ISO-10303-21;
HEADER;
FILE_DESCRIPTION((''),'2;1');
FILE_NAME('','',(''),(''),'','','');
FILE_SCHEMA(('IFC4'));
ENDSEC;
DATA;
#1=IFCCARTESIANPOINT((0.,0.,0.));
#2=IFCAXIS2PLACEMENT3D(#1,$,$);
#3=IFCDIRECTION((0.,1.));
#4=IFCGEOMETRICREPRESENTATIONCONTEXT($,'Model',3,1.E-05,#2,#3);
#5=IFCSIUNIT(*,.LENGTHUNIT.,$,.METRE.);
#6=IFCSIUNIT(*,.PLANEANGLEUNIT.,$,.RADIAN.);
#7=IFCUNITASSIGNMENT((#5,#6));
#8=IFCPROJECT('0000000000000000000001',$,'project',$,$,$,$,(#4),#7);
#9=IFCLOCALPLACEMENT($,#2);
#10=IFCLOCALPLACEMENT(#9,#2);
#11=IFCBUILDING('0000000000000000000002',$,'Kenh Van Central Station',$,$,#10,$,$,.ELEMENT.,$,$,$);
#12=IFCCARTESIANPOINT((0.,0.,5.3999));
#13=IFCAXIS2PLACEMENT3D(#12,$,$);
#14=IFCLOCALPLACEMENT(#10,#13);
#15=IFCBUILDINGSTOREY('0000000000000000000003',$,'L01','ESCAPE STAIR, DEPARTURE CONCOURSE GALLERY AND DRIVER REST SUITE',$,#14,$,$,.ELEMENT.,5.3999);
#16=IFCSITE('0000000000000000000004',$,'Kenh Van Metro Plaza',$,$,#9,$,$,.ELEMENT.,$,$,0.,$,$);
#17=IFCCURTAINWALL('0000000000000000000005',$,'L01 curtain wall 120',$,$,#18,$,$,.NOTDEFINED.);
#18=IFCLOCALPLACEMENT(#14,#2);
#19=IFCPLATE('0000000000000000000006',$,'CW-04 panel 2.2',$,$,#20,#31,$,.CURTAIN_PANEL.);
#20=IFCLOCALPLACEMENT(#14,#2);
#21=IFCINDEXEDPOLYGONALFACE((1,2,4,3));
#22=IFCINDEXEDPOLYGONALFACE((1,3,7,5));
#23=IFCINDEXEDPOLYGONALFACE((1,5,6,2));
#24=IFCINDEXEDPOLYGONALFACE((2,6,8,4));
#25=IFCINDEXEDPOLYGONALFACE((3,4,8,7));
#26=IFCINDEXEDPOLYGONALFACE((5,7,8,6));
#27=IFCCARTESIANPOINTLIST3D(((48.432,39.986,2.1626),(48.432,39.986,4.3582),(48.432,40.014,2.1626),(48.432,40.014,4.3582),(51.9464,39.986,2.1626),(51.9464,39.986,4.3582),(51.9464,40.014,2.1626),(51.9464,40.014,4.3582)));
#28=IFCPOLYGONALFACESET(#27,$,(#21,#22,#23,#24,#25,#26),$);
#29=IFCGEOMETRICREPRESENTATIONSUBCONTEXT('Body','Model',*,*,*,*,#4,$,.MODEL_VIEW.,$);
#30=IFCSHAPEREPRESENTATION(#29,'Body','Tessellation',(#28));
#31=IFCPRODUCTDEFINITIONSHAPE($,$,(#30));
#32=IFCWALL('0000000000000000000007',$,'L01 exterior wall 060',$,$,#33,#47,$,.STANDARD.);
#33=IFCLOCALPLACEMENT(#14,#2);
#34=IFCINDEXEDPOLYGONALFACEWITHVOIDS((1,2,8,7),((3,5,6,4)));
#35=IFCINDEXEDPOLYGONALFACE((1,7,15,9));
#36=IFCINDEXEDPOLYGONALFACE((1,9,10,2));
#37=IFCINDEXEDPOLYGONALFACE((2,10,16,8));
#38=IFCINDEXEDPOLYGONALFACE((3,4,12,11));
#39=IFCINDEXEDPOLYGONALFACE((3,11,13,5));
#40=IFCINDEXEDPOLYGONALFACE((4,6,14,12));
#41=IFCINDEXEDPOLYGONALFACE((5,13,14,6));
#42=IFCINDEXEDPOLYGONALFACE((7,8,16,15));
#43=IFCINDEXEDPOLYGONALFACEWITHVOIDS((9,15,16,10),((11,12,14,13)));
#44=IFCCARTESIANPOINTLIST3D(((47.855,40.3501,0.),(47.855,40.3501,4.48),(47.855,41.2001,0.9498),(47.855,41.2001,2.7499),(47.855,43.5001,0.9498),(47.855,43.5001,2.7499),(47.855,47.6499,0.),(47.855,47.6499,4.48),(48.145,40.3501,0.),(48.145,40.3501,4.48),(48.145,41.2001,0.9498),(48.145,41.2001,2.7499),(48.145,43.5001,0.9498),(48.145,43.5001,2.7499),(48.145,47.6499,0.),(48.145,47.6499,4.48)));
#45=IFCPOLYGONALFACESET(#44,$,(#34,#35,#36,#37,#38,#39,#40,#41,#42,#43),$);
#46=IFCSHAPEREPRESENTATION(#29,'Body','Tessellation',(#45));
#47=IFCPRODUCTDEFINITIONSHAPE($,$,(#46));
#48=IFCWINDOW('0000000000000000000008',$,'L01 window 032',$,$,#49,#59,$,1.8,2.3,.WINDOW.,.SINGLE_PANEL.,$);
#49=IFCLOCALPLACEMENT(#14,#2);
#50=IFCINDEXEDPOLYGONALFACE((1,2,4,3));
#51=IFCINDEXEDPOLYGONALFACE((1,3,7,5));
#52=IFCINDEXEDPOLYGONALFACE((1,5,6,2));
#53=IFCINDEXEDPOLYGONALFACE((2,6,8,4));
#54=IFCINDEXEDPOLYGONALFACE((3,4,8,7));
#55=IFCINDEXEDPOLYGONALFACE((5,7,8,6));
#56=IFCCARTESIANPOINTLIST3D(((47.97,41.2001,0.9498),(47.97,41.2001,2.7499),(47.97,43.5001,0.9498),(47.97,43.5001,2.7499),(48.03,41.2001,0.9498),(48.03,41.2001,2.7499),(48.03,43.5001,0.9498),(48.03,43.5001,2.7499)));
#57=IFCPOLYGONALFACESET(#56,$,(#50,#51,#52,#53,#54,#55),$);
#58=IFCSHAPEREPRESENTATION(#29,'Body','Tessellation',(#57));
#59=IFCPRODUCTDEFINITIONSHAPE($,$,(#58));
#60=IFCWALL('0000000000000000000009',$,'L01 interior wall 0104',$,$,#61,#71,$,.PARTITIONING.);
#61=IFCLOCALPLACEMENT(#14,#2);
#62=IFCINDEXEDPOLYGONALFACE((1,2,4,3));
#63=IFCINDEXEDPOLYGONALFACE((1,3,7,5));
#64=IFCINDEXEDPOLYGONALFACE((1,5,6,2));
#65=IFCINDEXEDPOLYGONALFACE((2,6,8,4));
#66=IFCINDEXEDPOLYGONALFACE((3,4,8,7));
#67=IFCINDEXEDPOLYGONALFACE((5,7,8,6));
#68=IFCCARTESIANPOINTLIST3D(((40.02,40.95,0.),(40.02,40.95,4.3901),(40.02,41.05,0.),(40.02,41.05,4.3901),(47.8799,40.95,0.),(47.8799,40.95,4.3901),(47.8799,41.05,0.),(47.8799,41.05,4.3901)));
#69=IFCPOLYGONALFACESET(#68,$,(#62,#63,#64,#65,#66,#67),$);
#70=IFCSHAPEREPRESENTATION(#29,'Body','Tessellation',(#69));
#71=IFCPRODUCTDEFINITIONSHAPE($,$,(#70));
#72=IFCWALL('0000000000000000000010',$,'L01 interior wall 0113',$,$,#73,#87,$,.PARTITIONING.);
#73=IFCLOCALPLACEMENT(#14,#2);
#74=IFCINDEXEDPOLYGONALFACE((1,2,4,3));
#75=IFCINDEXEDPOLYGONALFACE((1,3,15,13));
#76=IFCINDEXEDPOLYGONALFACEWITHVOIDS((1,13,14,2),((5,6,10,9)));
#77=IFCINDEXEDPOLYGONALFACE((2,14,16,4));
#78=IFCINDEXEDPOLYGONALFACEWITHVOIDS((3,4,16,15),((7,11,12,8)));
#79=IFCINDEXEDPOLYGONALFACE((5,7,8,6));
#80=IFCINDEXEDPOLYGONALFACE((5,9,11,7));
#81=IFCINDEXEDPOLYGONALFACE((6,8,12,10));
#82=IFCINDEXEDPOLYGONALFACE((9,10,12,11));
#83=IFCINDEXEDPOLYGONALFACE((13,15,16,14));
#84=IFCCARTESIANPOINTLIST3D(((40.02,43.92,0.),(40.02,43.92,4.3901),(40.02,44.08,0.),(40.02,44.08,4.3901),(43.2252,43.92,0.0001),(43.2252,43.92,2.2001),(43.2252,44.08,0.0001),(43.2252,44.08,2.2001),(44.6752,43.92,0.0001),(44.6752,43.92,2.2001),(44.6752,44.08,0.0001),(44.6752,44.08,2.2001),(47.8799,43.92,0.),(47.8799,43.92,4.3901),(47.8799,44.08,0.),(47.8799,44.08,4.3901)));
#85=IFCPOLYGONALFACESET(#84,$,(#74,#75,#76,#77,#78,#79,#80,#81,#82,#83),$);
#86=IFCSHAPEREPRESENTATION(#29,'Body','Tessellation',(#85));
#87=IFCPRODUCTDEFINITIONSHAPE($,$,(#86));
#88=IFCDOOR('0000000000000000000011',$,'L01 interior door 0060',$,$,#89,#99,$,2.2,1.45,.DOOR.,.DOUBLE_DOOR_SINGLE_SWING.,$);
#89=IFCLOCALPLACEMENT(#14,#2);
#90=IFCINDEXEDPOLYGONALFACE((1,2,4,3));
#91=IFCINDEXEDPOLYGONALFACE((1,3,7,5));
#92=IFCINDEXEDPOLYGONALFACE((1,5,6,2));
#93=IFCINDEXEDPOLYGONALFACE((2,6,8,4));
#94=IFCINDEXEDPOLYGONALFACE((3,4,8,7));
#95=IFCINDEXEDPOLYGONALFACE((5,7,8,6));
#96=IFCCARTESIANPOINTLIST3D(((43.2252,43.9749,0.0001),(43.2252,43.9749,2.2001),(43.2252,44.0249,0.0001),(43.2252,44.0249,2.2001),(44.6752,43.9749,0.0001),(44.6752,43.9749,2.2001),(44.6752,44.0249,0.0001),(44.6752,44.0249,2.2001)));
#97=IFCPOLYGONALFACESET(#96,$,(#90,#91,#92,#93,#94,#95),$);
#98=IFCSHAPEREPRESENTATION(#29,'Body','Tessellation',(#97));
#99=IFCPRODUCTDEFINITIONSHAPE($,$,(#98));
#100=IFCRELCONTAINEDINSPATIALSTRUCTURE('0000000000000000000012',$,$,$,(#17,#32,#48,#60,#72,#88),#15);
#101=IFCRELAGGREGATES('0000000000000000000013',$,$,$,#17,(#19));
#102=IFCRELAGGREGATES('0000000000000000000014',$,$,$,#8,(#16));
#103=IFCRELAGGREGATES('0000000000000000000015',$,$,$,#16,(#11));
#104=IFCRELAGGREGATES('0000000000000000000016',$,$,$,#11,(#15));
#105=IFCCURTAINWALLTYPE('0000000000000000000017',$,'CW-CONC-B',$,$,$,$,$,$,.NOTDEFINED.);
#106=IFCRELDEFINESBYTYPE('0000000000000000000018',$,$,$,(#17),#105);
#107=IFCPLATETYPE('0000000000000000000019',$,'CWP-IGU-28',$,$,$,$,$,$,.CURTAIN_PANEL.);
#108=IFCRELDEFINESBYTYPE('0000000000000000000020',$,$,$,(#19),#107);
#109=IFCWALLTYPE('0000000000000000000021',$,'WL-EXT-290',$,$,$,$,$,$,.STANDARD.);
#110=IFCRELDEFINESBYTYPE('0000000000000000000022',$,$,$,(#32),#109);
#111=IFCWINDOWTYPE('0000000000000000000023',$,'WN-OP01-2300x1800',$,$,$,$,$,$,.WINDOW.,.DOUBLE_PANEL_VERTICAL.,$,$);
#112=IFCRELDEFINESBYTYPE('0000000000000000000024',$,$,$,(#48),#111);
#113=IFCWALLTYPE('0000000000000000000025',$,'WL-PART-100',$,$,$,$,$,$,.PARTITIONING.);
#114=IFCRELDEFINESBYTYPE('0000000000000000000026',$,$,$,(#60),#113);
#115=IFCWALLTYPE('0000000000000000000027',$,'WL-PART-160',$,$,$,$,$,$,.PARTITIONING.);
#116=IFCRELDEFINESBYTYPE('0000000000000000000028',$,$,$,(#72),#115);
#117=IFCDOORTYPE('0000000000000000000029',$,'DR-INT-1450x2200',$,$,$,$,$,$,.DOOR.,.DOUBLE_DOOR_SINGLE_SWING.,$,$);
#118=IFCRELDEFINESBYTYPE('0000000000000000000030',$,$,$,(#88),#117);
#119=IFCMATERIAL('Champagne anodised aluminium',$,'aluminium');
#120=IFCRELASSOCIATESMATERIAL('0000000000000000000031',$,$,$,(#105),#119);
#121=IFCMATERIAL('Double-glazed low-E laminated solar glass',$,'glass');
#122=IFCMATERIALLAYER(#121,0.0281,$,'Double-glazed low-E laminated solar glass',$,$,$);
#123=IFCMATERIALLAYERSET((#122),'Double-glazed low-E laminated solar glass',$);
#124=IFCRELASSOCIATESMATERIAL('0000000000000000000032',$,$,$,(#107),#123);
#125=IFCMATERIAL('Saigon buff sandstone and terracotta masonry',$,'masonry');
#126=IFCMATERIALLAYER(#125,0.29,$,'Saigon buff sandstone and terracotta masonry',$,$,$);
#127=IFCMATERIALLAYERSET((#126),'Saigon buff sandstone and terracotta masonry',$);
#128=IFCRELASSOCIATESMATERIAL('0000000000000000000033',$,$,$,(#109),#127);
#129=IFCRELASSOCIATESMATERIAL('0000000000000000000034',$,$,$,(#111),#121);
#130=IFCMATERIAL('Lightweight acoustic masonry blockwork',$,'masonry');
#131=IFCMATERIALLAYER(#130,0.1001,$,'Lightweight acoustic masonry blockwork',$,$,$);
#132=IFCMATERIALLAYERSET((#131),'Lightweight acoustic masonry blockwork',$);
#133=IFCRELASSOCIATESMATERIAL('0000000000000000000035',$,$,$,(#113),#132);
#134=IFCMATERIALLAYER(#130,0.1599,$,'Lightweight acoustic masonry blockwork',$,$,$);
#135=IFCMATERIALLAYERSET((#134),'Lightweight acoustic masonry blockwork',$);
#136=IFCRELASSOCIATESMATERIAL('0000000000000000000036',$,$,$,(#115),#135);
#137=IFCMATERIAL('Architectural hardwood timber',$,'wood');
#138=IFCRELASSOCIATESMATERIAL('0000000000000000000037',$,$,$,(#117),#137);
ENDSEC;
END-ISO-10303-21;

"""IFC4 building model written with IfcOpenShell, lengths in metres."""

from ifc_helpers import new_model, si_unit, direction, frame, frame_2d, origin, origin_2d, place, context, subcontext, project, spatial, rectangle, extrude, material, layer, layer_set, type_object, element, fill, aggregate, save


model = new_model("IFC4")

# Units and contexts
model_context = context("Model", 3, precision=1e-05, world=origin(), true_north=direction((0.0, 1.0)))
body_context = subcontext(model_context, "Body", "Model", "MODEL_VIEW")
ifc_project = project(units=[si_unit("LENGTHUNIT", "METRE"), si_unit("PLANEANGLEUNIT", "RADIAN")], contexts=[model_context])

# Site, building, storey
site_placement = place(None, origin())
site = spatial("IfcSite", under=ifc_project, at=site_placement, Name="Kenh Van Metro Plaza", CompositionType="ELEMENT", RefElevation=0.0)
building_placement = place(site_placement, origin())
building = spatial("IfcBuilding", under=site, at=building_placement, Name="Kenh Van Central Station", CompositionType="ELEMENT")
storey_placement = place(building_placement, frame((0.0, 0.0, 5.3999)))
storey = spatial("IfcBuildingStorey", under=building, at=storey_placement, Name="L01", Description="ESCAPE STAIR, DEPARTURE CONCOURSE GALLERY AND DRIVER REST SUITE", CompositionType="ELEMENT", Elevation=5.3999)

# Curtain wall
ifc_material_1 = material(Name="Champagne anodised aluminium", Category="aluminium")
curtain_wall_type = type_object("IfcCurtainWallType", Name="CW-CONC-B", PredefinedType="NOTDEFINED", material=ifc_material_1)
curtain_wall_placement = place(storey_placement, origin())
curtain_wall = element("IfcCurtainWall", 1, at=curtain_wall_placement, inside=storey, type_object=curtain_wall_type, Name="L01 curtain wall 120", PredefinedType="NOTDEFINED")

# Plate
ifc_material_2 = material(Name="Double-glazed low-E laminated solar glass", Category="glass")
ifc_layer_1 = layer(ifc_material_2, 0.0281, Name="Double-glazed low-E laminated solar glass")
ifc_layer_set_1 = layer_set([ifc_layer_1], Name="Double-glazed low-E laminated solar glass")
plate_type = type_object("IfcPlateType", Name="CWP-IGU-28", PredefinedType="CURTAIN_PANEL", material=ifc_layer_set_1)
plate_1_placement = place(storey_placement, frame((50.1892, 40.0, 2.1626), z_axis=(0.0, 0.0, 1.0), x_axis=(-1.0, 0.0, 0.0)))
plate_1 = element("IfcPlate", 2, at=plate_1_placement, type_object=plate_type, Name="CW-04 panel 2.2", PredefinedType="CURTAIN_PANEL", context=body_context, shape_type="SweptSolid", body=[
    extrude(rectangle(XDim=3.5144, YDim=0.0281, at=origin_2d()), origin(), (0.0, 0.0, 1.0), 2.1956),
])
aggregate(curtain_wall, [plate_1])

# Wall, opening, window
ifc_material_3 = material(Name="Saigon buff sandstone and terracotta masonry", Category="masonry")
ifc_layer_2 = layer(ifc_material_3, 0.29, Name="Saigon buff sandstone and terracotta masonry")
ifc_layer_set_2 = layer_set([ifc_layer_2], Name="Saigon buff sandstone and terracotta masonry")
wall_type_1 = type_object("IfcWallType", Name="WL-EXT-290", PredefinedType="STANDARD", material=ifc_layer_set_2)
wall_1_placement = place(storey_placement, frame((48.0, 40.3501, 0.0), z_axis=(0.0, 0.0, 1.0), x_axis=(0.0, 1.0, 0.0)))
wall_1 = element("IfcWall", 3, at=wall_1_placement, inside=storey, type_object=wall_type_1, Name="L01 exterior wall 060", PredefinedType="STANDARD", context=body_context, shape_type="SweptSolid", body=[
    extrude(rectangle(XDim=7.2998, YDim=0.29, at=frame_2d((3.6499, 0.0))), origin(), (0.0, 0.0, 1.0), 4.48),
])
opening_1_placement = place(wall_1_placement, frame((0.8501, 0.0, 0.95)))
opening_1 = element("IfcOpeningElement", 4, at=opening_1_placement, cuts=wall_1, PredefinedType="OPENING", context=body_context, shape_type="SweptSolid", body=[
    extrude(rectangle(XDim=2.3, YDim=1.8, at=frame_2d((1.1499, 0.8999))), frame((0.0, 0.155, 0.0), z_axis=(0.0, -1.0, 0.0), x_axis=(1.0, 0.0, 0.0)), (0.0, 0.0, 1.0), 0.3101),
])
window_type = type_object("IfcWindowType", Name="WN-OP01-2300x1800", PartitioningType="DOUBLE_PANEL_VERTICAL", PredefinedType="WINDOW", material=ifc_material_2)
window_placement = place(opening_1_placement, origin())
window = element("IfcWindow", 5, at=window_placement, inside=storey, type_object=window_type, Name="L01 window 032", OverallHeight=1.8, OverallWidth=2.3, PartitioningType="SINGLE_PANEL", PredefinedType="WINDOW", context=body_context, shape_type="SweptSolid", body=[
    extrude(rectangle(XDim=2.3, YDim=1.8, at=frame_2d((1.1499, 0.8999))), frame((0.0, 0.03, 0.0), z_axis=(0.0, -1.0, 0.0), x_axis=(1.0, 0.0, 0.0)), (0.0, 0.0, 1.0), 0.0601),
])
fill(opening_1, window)

# Wall
ifc_material_4 = material(Name="Lightweight acoustic masonry blockwork", Category="masonry")
ifc_layer_3 = layer(ifc_material_4, 0.1001, Name="Lightweight acoustic masonry blockwork")
ifc_layer_set_3 = layer_set([ifc_layer_3], Name="Lightweight acoustic masonry blockwork")
wall_type_2 = type_object("IfcWallType", Name="WL-PART-100", PredefinedType="PARTITIONING", material=ifc_layer_set_3)
wall_2_placement = place(storey_placement, frame((40.02, 41.0, 0.0), z_axis=(0.0, 0.0, 1.0), x_axis=(1.0, 0.0, 0.0)))
element("IfcWall", 6, at=wall_2_placement, inside=storey, type_object=wall_type_2, Name="L01 interior wall 0104", PredefinedType="PARTITIONING", context=body_context, shape_type="SweptSolid", body=[
    extrude(rectangle(XDim=7.8599, YDim=0.1001, at=frame_2d((3.9299, 0.0))), origin(), (0.0, 0.0, 1.0), 4.3901),
])

# Wall, opening, door
ifc_layer_4 = layer(ifc_material_4, 0.1599, Name="Lightweight acoustic masonry blockwork")
ifc_layer_set_4 = layer_set([ifc_layer_4], Name="Lightweight acoustic masonry blockwork")
wall_type_3 = type_object("IfcWallType", Name="WL-PART-160", PredefinedType="PARTITIONING", material=ifc_layer_set_4)
wall_3_placement = place(storey_placement, frame((40.02, 44.0, 0.0), z_axis=(0.0, 0.0, 1.0), x_axis=(1.0, 0.0, 0.0)))
wall_3 = element("IfcWall", 7, at=wall_3_placement, inside=storey, type_object=wall_type_3, Name="L01 interior wall 0113", PredefinedType="PARTITIONING", context=body_context, shape_type="SweptSolid", body=[
    extrude(rectangle(XDim=7.8599, YDim=0.1599, at=frame_2d((3.9299, 0.0))), origin(), (0.0, 0.0, 1.0), 4.3901),
])
opening_2_placement = place(wall_3_placement, frame((3.2051, 0.0, 0.0)))
opening_2 = element("IfcOpeningElement", 8, at=opening_2_placement, cuts=wall_3, PredefinedType="OPENING", context=body_context, shape_type="SweptSolid", body=[
    extrude(rectangle(XDim=1.45, YDim=2.2, at=frame_2d((0.7251, 1.1001))), frame((0.0, 0.0898, 0.0), z_axis=(0.0, -1.0, 0.0), x_axis=(1.0, 0.0, 0.0)), (0.0, 0.0, 1.0), 0.1799),
])
ifc_material_5 = material(Name="Architectural hardwood timber", Category="wood")
door_type = type_object("IfcDoorType", Name="DR-INT-1450x2200", OperationType="DOUBLE_DOOR_SINGLE_SWING", PredefinedType="DOOR", material=ifc_material_5)
door_placement = place(opening_2_placement, origin())
door = element("IfcDoor", 9, at=door_placement, inside=storey, type_object=door_type, Name="L01 interior door 0060", OperationType="DOUBLE_DOOR_SINGLE_SWING", OverallHeight=2.2, OverallWidth=1.45, PredefinedType="DOOR", context=body_context, shape_type="SweptSolid", body=[
    extrude(rectangle(XDim=1.45, YDim=2.2, at=frame_2d((0.7251, 1.1001))), frame((0.0, 0.0249, 0.0), z_axis=(0.0, -1.0, 0.0), x_axis=(1.0, 0.0, 0.0)), (0.0, 0.0, 1.0), 0.05),
])
fill(opening_2, door)

save(model, "model.ifc")
